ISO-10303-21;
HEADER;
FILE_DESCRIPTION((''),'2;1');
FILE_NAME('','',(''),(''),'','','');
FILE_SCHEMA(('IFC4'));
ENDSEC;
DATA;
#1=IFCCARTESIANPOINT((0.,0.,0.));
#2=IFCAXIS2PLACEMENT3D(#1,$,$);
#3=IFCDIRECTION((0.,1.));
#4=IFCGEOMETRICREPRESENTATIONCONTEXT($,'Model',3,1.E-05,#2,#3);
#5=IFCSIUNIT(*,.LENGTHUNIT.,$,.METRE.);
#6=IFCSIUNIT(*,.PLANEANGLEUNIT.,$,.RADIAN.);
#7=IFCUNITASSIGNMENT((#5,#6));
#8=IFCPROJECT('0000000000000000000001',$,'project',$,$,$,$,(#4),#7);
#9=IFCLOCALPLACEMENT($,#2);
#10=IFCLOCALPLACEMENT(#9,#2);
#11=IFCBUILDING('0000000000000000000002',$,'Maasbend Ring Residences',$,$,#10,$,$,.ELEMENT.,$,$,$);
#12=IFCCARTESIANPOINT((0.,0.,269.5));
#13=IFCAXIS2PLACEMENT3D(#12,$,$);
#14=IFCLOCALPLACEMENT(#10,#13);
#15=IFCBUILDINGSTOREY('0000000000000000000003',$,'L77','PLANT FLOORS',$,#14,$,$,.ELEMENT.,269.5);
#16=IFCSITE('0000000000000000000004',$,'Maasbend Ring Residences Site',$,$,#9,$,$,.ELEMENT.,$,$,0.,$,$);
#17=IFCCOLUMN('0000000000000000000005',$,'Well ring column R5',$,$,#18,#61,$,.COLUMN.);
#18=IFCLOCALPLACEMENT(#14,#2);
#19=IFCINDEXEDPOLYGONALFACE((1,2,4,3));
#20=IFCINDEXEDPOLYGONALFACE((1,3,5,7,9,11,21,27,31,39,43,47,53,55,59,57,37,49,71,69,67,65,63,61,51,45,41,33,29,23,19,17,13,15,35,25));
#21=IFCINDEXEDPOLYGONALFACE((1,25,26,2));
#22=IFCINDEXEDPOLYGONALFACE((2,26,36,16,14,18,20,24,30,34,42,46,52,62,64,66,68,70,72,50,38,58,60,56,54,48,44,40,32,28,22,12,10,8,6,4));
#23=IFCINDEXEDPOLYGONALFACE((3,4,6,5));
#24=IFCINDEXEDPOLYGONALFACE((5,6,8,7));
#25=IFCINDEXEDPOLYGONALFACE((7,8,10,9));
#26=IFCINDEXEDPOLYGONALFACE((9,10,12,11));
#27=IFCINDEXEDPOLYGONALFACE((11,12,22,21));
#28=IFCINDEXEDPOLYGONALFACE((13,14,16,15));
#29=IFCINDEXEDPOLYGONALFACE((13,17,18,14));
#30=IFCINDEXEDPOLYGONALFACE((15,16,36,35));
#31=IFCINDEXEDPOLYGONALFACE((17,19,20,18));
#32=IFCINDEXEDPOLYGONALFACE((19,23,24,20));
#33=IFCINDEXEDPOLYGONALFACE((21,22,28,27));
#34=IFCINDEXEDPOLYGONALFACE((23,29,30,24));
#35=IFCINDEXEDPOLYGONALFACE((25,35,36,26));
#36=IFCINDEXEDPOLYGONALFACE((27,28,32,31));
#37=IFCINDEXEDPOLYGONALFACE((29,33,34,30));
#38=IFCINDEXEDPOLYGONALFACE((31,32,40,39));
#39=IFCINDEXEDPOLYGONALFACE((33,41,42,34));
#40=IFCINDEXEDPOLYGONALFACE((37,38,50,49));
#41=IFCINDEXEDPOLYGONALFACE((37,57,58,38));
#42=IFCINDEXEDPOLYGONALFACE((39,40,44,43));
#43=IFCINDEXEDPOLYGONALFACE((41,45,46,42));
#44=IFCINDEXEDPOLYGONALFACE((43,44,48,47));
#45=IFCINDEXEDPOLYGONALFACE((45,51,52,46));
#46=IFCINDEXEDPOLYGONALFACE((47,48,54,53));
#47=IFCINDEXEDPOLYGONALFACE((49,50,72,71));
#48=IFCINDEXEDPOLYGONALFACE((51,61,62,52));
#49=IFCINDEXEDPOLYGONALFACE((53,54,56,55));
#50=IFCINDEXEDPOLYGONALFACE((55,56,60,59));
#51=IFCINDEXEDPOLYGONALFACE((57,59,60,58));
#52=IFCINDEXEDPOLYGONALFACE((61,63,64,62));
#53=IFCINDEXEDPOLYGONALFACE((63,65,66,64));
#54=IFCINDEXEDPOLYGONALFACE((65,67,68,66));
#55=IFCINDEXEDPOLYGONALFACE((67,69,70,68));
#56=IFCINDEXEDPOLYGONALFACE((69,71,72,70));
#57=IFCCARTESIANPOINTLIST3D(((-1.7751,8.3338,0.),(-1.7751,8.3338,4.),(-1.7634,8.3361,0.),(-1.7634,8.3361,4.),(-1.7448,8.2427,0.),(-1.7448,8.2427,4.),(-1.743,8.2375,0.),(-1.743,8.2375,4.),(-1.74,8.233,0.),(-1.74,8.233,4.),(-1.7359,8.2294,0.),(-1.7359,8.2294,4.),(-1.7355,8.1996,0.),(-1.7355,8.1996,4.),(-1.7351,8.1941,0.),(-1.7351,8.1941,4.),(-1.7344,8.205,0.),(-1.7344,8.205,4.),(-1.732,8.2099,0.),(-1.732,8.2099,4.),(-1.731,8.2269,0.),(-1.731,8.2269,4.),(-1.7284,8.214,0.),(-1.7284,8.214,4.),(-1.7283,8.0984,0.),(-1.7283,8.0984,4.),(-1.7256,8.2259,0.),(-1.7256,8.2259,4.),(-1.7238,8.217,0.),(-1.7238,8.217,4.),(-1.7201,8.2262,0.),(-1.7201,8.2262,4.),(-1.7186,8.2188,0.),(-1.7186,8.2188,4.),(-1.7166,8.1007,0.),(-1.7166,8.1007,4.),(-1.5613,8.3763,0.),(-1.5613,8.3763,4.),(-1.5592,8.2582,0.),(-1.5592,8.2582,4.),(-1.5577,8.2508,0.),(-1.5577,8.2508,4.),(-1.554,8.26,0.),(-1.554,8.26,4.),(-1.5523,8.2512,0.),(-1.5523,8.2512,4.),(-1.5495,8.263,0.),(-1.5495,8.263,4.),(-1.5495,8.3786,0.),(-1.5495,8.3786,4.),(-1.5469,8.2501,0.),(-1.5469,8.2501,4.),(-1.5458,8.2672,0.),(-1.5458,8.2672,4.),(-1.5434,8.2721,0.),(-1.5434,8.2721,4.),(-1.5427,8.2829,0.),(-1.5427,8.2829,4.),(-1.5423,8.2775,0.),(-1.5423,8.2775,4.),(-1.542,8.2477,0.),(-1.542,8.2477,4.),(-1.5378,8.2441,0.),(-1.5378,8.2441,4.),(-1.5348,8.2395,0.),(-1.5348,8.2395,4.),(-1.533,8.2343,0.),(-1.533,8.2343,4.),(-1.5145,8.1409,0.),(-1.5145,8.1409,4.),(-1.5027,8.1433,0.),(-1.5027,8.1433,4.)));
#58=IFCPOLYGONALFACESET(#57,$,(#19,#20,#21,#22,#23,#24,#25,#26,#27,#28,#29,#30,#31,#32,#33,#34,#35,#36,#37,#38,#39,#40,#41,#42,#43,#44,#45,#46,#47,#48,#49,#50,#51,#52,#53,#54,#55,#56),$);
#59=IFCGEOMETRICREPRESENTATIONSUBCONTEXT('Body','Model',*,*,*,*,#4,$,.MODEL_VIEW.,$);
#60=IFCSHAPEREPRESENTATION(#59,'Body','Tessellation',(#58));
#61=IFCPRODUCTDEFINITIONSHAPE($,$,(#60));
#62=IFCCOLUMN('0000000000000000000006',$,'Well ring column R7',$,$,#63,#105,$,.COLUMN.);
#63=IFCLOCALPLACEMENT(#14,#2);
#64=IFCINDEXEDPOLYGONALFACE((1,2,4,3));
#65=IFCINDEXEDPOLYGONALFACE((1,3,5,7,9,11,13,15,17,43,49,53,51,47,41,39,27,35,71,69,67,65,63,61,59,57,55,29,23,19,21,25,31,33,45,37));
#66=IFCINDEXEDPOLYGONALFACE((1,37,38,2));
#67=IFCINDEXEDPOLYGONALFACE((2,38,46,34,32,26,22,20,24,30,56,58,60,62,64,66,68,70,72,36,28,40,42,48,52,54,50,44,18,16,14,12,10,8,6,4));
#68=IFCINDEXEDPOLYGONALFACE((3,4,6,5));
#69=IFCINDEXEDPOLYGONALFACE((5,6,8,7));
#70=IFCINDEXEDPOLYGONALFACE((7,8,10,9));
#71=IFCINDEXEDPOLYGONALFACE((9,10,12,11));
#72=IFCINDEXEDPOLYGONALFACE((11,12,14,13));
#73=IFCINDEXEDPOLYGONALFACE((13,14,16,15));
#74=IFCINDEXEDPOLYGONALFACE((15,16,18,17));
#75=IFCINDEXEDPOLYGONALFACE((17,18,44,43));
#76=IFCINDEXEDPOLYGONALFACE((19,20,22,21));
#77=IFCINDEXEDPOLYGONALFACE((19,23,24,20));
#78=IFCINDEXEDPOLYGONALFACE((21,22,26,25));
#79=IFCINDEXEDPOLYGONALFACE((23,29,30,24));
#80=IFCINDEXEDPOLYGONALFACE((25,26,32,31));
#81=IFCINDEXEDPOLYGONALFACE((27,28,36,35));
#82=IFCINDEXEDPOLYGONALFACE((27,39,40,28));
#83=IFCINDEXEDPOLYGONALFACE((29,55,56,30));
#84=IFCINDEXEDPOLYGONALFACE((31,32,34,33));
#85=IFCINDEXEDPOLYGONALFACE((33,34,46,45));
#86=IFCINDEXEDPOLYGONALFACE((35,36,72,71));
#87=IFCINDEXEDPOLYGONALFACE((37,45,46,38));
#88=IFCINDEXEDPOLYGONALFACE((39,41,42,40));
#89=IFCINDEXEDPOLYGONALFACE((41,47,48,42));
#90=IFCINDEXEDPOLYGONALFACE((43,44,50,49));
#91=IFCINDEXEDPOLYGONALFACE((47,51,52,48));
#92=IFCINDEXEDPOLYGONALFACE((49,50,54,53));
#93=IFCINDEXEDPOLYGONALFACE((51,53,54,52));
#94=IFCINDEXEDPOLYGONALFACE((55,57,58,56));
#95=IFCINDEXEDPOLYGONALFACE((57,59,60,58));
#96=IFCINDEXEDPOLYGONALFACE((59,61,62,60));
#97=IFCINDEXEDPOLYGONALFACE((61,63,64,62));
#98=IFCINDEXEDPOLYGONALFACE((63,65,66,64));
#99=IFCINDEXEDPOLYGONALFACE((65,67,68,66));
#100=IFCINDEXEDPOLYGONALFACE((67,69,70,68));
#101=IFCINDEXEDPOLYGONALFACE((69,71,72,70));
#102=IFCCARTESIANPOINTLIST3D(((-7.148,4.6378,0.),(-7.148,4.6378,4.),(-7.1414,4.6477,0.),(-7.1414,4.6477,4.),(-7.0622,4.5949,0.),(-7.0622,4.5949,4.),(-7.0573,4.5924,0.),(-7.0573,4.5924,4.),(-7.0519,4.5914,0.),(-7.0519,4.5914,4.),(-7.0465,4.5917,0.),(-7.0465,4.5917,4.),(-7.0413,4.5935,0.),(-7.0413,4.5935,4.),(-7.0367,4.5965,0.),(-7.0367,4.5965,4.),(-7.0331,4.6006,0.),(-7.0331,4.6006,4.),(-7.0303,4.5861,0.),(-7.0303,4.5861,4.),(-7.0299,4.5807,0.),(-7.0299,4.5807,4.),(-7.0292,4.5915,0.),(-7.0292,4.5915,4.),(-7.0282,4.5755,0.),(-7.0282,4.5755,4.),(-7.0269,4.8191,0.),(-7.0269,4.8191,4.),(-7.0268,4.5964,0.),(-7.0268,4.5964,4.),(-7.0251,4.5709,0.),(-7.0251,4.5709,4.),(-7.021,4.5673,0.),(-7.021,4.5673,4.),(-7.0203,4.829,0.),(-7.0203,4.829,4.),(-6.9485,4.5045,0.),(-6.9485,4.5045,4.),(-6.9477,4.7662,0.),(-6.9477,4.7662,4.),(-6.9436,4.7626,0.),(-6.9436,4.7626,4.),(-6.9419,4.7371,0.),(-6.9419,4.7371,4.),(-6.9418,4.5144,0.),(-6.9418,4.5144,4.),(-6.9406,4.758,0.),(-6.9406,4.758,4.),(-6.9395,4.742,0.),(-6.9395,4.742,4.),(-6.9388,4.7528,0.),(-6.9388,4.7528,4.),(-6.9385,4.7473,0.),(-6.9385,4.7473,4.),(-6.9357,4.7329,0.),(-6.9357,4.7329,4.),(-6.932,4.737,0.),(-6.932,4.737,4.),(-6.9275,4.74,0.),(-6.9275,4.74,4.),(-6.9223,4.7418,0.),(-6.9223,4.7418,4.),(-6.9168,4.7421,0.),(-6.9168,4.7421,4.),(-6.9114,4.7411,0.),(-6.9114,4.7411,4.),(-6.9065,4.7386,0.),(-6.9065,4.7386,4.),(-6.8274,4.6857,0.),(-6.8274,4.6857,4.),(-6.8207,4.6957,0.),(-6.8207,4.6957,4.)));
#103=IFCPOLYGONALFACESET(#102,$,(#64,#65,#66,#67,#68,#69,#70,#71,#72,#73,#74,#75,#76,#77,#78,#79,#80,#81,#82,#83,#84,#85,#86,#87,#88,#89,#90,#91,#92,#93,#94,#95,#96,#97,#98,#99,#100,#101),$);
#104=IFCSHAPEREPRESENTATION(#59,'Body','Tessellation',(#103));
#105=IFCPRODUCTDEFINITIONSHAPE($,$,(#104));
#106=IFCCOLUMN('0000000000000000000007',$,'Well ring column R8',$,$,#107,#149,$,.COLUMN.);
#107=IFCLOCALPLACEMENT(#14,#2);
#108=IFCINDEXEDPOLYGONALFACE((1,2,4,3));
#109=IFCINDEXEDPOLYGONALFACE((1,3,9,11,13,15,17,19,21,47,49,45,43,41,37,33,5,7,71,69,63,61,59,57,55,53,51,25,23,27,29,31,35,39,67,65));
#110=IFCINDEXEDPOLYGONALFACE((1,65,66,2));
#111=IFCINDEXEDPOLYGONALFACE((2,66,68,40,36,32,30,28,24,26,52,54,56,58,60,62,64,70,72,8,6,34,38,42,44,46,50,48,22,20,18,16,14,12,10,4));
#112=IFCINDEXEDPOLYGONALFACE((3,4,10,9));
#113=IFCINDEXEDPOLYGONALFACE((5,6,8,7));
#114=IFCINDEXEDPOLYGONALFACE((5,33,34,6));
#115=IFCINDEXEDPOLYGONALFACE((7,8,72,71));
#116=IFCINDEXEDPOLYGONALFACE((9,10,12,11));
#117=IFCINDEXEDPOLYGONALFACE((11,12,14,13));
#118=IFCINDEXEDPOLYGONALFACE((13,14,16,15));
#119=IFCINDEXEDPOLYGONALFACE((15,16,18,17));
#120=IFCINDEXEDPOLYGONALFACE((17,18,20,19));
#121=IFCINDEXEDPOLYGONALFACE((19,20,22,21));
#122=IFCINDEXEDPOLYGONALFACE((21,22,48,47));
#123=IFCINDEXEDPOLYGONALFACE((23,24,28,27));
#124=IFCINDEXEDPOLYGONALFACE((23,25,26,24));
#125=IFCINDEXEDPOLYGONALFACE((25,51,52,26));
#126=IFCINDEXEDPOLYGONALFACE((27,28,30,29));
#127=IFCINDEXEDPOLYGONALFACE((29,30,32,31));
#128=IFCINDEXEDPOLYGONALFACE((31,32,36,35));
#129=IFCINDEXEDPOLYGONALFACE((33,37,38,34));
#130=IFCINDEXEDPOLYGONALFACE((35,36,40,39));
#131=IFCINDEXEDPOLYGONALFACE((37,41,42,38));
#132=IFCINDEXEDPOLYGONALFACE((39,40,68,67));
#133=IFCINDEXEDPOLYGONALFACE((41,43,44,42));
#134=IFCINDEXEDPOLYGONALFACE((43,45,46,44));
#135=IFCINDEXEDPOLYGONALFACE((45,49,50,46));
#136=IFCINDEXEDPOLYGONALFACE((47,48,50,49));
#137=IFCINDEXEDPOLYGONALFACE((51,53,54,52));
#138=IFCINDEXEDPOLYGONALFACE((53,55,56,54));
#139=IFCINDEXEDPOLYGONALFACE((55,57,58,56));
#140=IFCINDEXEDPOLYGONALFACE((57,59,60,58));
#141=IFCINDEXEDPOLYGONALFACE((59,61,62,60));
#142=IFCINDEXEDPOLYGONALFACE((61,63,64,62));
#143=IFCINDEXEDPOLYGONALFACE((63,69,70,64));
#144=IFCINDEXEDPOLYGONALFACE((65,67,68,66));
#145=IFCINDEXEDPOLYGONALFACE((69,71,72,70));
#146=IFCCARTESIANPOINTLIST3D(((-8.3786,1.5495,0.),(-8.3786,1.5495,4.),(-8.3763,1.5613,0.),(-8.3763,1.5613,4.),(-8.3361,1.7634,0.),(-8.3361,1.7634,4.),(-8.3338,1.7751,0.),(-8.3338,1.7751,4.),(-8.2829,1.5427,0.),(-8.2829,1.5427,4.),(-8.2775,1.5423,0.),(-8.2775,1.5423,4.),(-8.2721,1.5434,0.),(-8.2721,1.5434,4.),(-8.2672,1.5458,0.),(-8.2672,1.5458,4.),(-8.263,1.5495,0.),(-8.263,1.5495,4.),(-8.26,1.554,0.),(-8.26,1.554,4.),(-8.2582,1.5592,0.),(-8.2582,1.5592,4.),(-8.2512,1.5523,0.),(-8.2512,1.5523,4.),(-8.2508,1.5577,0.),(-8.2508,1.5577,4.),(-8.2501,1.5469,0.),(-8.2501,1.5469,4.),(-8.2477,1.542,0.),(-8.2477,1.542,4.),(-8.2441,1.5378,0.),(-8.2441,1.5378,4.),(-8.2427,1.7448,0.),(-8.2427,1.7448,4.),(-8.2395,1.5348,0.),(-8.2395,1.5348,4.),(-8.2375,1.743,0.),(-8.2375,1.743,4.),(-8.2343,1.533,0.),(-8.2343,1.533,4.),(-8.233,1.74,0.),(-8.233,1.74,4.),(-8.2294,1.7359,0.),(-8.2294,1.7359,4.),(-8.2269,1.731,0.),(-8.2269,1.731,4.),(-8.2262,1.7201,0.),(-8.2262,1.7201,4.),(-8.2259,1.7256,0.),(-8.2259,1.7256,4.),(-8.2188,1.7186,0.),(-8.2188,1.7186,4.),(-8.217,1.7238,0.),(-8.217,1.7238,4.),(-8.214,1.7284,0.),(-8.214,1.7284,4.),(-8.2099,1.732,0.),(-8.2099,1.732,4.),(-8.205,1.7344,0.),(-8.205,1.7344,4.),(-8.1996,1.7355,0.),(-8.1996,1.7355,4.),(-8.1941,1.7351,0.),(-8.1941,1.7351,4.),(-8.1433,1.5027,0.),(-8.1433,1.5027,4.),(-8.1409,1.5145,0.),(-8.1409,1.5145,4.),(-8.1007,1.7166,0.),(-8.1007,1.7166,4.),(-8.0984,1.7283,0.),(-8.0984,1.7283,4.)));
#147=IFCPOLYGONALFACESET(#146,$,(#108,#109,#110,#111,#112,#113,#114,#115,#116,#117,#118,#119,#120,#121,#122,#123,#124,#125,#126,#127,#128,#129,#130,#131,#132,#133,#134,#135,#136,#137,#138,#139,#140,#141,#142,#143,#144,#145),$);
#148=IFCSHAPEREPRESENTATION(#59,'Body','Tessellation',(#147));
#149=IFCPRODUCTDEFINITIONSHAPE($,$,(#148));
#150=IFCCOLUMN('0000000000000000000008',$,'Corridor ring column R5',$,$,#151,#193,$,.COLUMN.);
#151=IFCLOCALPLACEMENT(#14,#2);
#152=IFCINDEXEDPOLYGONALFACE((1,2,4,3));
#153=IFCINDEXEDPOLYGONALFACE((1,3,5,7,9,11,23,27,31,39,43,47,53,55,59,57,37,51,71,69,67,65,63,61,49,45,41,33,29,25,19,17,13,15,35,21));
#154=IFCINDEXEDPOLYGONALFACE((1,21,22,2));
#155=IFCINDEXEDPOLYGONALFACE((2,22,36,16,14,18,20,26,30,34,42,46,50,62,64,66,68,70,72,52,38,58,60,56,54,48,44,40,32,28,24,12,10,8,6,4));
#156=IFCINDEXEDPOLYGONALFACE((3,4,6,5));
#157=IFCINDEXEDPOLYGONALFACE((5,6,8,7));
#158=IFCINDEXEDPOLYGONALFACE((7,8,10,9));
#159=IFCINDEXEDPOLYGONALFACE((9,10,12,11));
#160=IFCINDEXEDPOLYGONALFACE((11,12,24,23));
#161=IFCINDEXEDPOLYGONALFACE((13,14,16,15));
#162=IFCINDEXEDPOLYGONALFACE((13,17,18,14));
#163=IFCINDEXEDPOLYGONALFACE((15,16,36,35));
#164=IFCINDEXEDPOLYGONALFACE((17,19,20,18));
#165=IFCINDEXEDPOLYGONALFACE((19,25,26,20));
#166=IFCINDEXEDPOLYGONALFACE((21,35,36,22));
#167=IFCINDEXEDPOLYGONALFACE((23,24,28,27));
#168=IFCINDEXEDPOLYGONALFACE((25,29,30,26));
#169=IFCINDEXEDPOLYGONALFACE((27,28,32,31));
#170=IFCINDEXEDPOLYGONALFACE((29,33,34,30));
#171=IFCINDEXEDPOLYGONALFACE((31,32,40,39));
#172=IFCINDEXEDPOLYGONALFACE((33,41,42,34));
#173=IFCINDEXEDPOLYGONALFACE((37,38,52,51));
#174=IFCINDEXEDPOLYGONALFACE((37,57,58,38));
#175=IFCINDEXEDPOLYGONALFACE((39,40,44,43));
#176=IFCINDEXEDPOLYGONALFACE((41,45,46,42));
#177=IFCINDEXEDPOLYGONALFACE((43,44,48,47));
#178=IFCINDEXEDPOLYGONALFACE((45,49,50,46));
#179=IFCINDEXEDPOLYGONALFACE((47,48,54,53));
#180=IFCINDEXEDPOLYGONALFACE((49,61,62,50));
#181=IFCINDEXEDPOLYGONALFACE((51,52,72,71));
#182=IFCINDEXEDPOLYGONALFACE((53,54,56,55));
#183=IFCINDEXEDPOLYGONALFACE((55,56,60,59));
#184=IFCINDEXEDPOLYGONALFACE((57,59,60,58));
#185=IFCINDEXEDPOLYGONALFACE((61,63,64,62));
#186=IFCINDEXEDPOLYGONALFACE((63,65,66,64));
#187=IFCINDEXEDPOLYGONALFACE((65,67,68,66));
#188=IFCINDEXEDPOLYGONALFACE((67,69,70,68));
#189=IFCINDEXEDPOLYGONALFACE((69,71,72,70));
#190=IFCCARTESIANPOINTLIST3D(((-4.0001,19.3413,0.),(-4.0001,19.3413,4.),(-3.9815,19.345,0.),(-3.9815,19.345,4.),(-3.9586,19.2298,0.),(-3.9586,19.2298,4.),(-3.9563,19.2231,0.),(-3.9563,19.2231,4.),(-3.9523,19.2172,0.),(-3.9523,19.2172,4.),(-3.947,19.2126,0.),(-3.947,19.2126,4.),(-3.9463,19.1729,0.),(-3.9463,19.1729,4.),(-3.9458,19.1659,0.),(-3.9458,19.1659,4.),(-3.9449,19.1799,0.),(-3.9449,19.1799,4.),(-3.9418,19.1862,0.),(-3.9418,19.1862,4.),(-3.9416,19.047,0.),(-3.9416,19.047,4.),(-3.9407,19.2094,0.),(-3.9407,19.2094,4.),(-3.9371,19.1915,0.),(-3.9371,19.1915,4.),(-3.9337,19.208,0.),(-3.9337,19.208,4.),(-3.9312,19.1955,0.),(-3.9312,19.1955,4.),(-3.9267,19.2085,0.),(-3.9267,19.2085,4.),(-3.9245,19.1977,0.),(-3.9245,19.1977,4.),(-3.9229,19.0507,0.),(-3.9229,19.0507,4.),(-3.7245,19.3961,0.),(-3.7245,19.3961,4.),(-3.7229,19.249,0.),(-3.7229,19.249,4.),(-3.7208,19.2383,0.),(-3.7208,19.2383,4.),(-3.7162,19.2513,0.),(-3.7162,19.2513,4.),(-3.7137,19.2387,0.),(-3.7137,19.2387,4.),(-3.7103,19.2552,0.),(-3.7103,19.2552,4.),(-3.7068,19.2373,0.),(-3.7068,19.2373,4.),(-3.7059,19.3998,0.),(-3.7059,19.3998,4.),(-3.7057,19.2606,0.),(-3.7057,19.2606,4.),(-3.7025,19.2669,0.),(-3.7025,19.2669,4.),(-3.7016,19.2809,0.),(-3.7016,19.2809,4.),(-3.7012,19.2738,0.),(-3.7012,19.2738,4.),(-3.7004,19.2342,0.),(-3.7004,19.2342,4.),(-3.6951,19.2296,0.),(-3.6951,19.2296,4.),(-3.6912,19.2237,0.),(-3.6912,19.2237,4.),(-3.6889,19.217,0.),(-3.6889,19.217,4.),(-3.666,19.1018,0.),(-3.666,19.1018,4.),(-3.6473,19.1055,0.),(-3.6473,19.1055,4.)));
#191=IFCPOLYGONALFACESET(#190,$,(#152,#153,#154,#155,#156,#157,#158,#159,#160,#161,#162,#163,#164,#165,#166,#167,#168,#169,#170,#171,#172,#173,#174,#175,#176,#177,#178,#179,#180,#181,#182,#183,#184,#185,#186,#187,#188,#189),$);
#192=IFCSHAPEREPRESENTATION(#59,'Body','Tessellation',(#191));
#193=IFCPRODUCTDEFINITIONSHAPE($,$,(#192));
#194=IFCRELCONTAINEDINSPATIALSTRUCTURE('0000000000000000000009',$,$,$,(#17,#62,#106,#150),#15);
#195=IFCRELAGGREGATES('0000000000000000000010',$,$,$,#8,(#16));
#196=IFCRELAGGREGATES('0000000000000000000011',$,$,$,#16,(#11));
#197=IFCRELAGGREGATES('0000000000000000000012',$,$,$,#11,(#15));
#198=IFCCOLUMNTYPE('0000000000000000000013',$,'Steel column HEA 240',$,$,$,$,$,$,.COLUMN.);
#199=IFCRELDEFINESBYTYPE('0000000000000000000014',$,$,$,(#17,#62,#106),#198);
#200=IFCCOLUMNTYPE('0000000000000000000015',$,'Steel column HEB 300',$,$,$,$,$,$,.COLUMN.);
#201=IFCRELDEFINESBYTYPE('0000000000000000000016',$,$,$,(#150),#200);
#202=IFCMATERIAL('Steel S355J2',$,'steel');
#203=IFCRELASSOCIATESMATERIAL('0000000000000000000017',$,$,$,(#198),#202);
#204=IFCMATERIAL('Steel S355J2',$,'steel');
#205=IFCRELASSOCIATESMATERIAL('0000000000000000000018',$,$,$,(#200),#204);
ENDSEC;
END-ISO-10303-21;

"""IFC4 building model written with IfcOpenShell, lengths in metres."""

from ifc_helpers import new_model, si_unit, direction, frame, origin, origin_2d, place, context, subcontext, project, spatial, i_section, extrude, material, material_profile, profile_set, type_object, element, save


model = new_model("IFC4")

# Units and contexts
model_context = context("Model", 3, precision=1e-05, world=origin(), true_north=direction((0.0, 1.0)))
body_context = subcontext(model_context, "Body", "Model", "MODEL_VIEW")
ifc_project = project(units=[si_unit("LENGTHUNIT", "METRE"), si_unit("PLANEANGLEUNIT", "RADIAN")], contexts=[model_context])

# Site, building, storey
site_placement = place(None, origin())
site = spatial("IfcSite", under=ifc_project, at=site_placement, Name="Maasbend Ring Residences Site", CompositionType="ELEMENT", RefElevation=0.0)
building_placement = place(site_placement, origin())
building = spatial("IfcBuilding", under=site, at=building_placement, Name="Maasbend Ring Residences", CompositionType="ELEMENT")
storey_placement = place(building_placement, frame((0.0, 0.0, 269.5)))
storey = spatial("IfcBuildingStorey", under=building, at=storey_placement, Name="L77", Description="PLANT FLOORS", CompositionType="ELEMENT", Elevation=269.5)

# Columns
ifc_material_1 = material(Name="Steel S355J2", Category="steel")
ifc_material_profile_1 = material_profile(ifc_material_1, i_section(OverallWidth=0.24, OverallDepth=0.23, WebThickness=0.0076, FlangeThickness=0.012, FilletRadius=0.021, at=origin_2d()), Name="HEA 240")
ifc_profile_set_1 = profile_set([ifc_material_profile_1], Name="Steel S355J2")
column_type_1 = type_object("IfcColumnType", Name="Steel column HEA 240", PredefinedType="COLUMN", material=ifc_profile_set_1)
for number, where, z_axis, x_axis, name in (
    (1, (-1.6389, 8.2385, 0.0), (0.0, 0.0, 1.0), (-0.19509, 0.980785, 0.0), "Well ring column R5"),
    (2, (-6.9844, 4.6667, 0.0), (0.0, 0.0, 1.0), (-0.83147, 0.55557, 0.0), "Well ring column R7"),
    (3, (-8.2385, 1.6389, 0.0), (0.0, 0.0, 1.0), (-0.980785, 0.19509, 0.0), "Well ring column R8"),
):
    element("IfcColumn", number, at=place(storey_placement, frame(where, z_axis=z_axis, x_axis=x_axis)), inside=storey, type_object=column_type_1, Name=name, PredefinedType="COLUMN", context=body_context, shape_type="SweptSolid", body=[
        extrude(i_section(OverallWidth=0.24, OverallDepth=0.23, WebThickness=0.0076, FlangeThickness=0.012, FilletRadius=0.021, at=origin_2d()), origin(), (0.0, 0.0, 1.0), 4.0),
    ])
ifc_material_2 = material(Name="Steel S355J2", Category="steel")
ifc_material_profile_2 = material_profile(ifc_material_2, i_section(OverallWidth=0.3, OverallDepth=0.3, WebThickness=0.011, FlangeThickness=0.019, FilletRadius=0.0271, at=origin_2d()), Name="HEB 300")
ifc_profile_set_2 = profile_set([ifc_material_profile_2], Name="Steel S355J2")
column_type_2 = type_object("IfcColumnType", Name="Steel column HEB 300", PredefinedType="COLUMN", material=ifc_profile_set_2)
for number, where, z_axis, x_axis, name in (
    (4, (-3.8237, 19.2234, 0.0), (0.0, 0.0, 1.0), (-0.19509, 0.980785, 0.0), "Corridor ring column R5"),
):
    element("IfcColumn", number, at=place(storey_placement, frame(where, z_axis=z_axis, x_axis=x_axis)), inside=storey, type_object=column_type_2, Name=name, PredefinedType="COLUMN", context=body_context, shape_type="SweptSolid", body=[
        extrude(i_section(OverallWidth=0.3, OverallDepth=0.3, WebThickness=0.011, FlangeThickness=0.019, FilletRadius=0.0271, at=origin_2d()), origin(), (0.0, 0.0, 1.0), 4.0),
    ])

save(model, "model.ifc")
